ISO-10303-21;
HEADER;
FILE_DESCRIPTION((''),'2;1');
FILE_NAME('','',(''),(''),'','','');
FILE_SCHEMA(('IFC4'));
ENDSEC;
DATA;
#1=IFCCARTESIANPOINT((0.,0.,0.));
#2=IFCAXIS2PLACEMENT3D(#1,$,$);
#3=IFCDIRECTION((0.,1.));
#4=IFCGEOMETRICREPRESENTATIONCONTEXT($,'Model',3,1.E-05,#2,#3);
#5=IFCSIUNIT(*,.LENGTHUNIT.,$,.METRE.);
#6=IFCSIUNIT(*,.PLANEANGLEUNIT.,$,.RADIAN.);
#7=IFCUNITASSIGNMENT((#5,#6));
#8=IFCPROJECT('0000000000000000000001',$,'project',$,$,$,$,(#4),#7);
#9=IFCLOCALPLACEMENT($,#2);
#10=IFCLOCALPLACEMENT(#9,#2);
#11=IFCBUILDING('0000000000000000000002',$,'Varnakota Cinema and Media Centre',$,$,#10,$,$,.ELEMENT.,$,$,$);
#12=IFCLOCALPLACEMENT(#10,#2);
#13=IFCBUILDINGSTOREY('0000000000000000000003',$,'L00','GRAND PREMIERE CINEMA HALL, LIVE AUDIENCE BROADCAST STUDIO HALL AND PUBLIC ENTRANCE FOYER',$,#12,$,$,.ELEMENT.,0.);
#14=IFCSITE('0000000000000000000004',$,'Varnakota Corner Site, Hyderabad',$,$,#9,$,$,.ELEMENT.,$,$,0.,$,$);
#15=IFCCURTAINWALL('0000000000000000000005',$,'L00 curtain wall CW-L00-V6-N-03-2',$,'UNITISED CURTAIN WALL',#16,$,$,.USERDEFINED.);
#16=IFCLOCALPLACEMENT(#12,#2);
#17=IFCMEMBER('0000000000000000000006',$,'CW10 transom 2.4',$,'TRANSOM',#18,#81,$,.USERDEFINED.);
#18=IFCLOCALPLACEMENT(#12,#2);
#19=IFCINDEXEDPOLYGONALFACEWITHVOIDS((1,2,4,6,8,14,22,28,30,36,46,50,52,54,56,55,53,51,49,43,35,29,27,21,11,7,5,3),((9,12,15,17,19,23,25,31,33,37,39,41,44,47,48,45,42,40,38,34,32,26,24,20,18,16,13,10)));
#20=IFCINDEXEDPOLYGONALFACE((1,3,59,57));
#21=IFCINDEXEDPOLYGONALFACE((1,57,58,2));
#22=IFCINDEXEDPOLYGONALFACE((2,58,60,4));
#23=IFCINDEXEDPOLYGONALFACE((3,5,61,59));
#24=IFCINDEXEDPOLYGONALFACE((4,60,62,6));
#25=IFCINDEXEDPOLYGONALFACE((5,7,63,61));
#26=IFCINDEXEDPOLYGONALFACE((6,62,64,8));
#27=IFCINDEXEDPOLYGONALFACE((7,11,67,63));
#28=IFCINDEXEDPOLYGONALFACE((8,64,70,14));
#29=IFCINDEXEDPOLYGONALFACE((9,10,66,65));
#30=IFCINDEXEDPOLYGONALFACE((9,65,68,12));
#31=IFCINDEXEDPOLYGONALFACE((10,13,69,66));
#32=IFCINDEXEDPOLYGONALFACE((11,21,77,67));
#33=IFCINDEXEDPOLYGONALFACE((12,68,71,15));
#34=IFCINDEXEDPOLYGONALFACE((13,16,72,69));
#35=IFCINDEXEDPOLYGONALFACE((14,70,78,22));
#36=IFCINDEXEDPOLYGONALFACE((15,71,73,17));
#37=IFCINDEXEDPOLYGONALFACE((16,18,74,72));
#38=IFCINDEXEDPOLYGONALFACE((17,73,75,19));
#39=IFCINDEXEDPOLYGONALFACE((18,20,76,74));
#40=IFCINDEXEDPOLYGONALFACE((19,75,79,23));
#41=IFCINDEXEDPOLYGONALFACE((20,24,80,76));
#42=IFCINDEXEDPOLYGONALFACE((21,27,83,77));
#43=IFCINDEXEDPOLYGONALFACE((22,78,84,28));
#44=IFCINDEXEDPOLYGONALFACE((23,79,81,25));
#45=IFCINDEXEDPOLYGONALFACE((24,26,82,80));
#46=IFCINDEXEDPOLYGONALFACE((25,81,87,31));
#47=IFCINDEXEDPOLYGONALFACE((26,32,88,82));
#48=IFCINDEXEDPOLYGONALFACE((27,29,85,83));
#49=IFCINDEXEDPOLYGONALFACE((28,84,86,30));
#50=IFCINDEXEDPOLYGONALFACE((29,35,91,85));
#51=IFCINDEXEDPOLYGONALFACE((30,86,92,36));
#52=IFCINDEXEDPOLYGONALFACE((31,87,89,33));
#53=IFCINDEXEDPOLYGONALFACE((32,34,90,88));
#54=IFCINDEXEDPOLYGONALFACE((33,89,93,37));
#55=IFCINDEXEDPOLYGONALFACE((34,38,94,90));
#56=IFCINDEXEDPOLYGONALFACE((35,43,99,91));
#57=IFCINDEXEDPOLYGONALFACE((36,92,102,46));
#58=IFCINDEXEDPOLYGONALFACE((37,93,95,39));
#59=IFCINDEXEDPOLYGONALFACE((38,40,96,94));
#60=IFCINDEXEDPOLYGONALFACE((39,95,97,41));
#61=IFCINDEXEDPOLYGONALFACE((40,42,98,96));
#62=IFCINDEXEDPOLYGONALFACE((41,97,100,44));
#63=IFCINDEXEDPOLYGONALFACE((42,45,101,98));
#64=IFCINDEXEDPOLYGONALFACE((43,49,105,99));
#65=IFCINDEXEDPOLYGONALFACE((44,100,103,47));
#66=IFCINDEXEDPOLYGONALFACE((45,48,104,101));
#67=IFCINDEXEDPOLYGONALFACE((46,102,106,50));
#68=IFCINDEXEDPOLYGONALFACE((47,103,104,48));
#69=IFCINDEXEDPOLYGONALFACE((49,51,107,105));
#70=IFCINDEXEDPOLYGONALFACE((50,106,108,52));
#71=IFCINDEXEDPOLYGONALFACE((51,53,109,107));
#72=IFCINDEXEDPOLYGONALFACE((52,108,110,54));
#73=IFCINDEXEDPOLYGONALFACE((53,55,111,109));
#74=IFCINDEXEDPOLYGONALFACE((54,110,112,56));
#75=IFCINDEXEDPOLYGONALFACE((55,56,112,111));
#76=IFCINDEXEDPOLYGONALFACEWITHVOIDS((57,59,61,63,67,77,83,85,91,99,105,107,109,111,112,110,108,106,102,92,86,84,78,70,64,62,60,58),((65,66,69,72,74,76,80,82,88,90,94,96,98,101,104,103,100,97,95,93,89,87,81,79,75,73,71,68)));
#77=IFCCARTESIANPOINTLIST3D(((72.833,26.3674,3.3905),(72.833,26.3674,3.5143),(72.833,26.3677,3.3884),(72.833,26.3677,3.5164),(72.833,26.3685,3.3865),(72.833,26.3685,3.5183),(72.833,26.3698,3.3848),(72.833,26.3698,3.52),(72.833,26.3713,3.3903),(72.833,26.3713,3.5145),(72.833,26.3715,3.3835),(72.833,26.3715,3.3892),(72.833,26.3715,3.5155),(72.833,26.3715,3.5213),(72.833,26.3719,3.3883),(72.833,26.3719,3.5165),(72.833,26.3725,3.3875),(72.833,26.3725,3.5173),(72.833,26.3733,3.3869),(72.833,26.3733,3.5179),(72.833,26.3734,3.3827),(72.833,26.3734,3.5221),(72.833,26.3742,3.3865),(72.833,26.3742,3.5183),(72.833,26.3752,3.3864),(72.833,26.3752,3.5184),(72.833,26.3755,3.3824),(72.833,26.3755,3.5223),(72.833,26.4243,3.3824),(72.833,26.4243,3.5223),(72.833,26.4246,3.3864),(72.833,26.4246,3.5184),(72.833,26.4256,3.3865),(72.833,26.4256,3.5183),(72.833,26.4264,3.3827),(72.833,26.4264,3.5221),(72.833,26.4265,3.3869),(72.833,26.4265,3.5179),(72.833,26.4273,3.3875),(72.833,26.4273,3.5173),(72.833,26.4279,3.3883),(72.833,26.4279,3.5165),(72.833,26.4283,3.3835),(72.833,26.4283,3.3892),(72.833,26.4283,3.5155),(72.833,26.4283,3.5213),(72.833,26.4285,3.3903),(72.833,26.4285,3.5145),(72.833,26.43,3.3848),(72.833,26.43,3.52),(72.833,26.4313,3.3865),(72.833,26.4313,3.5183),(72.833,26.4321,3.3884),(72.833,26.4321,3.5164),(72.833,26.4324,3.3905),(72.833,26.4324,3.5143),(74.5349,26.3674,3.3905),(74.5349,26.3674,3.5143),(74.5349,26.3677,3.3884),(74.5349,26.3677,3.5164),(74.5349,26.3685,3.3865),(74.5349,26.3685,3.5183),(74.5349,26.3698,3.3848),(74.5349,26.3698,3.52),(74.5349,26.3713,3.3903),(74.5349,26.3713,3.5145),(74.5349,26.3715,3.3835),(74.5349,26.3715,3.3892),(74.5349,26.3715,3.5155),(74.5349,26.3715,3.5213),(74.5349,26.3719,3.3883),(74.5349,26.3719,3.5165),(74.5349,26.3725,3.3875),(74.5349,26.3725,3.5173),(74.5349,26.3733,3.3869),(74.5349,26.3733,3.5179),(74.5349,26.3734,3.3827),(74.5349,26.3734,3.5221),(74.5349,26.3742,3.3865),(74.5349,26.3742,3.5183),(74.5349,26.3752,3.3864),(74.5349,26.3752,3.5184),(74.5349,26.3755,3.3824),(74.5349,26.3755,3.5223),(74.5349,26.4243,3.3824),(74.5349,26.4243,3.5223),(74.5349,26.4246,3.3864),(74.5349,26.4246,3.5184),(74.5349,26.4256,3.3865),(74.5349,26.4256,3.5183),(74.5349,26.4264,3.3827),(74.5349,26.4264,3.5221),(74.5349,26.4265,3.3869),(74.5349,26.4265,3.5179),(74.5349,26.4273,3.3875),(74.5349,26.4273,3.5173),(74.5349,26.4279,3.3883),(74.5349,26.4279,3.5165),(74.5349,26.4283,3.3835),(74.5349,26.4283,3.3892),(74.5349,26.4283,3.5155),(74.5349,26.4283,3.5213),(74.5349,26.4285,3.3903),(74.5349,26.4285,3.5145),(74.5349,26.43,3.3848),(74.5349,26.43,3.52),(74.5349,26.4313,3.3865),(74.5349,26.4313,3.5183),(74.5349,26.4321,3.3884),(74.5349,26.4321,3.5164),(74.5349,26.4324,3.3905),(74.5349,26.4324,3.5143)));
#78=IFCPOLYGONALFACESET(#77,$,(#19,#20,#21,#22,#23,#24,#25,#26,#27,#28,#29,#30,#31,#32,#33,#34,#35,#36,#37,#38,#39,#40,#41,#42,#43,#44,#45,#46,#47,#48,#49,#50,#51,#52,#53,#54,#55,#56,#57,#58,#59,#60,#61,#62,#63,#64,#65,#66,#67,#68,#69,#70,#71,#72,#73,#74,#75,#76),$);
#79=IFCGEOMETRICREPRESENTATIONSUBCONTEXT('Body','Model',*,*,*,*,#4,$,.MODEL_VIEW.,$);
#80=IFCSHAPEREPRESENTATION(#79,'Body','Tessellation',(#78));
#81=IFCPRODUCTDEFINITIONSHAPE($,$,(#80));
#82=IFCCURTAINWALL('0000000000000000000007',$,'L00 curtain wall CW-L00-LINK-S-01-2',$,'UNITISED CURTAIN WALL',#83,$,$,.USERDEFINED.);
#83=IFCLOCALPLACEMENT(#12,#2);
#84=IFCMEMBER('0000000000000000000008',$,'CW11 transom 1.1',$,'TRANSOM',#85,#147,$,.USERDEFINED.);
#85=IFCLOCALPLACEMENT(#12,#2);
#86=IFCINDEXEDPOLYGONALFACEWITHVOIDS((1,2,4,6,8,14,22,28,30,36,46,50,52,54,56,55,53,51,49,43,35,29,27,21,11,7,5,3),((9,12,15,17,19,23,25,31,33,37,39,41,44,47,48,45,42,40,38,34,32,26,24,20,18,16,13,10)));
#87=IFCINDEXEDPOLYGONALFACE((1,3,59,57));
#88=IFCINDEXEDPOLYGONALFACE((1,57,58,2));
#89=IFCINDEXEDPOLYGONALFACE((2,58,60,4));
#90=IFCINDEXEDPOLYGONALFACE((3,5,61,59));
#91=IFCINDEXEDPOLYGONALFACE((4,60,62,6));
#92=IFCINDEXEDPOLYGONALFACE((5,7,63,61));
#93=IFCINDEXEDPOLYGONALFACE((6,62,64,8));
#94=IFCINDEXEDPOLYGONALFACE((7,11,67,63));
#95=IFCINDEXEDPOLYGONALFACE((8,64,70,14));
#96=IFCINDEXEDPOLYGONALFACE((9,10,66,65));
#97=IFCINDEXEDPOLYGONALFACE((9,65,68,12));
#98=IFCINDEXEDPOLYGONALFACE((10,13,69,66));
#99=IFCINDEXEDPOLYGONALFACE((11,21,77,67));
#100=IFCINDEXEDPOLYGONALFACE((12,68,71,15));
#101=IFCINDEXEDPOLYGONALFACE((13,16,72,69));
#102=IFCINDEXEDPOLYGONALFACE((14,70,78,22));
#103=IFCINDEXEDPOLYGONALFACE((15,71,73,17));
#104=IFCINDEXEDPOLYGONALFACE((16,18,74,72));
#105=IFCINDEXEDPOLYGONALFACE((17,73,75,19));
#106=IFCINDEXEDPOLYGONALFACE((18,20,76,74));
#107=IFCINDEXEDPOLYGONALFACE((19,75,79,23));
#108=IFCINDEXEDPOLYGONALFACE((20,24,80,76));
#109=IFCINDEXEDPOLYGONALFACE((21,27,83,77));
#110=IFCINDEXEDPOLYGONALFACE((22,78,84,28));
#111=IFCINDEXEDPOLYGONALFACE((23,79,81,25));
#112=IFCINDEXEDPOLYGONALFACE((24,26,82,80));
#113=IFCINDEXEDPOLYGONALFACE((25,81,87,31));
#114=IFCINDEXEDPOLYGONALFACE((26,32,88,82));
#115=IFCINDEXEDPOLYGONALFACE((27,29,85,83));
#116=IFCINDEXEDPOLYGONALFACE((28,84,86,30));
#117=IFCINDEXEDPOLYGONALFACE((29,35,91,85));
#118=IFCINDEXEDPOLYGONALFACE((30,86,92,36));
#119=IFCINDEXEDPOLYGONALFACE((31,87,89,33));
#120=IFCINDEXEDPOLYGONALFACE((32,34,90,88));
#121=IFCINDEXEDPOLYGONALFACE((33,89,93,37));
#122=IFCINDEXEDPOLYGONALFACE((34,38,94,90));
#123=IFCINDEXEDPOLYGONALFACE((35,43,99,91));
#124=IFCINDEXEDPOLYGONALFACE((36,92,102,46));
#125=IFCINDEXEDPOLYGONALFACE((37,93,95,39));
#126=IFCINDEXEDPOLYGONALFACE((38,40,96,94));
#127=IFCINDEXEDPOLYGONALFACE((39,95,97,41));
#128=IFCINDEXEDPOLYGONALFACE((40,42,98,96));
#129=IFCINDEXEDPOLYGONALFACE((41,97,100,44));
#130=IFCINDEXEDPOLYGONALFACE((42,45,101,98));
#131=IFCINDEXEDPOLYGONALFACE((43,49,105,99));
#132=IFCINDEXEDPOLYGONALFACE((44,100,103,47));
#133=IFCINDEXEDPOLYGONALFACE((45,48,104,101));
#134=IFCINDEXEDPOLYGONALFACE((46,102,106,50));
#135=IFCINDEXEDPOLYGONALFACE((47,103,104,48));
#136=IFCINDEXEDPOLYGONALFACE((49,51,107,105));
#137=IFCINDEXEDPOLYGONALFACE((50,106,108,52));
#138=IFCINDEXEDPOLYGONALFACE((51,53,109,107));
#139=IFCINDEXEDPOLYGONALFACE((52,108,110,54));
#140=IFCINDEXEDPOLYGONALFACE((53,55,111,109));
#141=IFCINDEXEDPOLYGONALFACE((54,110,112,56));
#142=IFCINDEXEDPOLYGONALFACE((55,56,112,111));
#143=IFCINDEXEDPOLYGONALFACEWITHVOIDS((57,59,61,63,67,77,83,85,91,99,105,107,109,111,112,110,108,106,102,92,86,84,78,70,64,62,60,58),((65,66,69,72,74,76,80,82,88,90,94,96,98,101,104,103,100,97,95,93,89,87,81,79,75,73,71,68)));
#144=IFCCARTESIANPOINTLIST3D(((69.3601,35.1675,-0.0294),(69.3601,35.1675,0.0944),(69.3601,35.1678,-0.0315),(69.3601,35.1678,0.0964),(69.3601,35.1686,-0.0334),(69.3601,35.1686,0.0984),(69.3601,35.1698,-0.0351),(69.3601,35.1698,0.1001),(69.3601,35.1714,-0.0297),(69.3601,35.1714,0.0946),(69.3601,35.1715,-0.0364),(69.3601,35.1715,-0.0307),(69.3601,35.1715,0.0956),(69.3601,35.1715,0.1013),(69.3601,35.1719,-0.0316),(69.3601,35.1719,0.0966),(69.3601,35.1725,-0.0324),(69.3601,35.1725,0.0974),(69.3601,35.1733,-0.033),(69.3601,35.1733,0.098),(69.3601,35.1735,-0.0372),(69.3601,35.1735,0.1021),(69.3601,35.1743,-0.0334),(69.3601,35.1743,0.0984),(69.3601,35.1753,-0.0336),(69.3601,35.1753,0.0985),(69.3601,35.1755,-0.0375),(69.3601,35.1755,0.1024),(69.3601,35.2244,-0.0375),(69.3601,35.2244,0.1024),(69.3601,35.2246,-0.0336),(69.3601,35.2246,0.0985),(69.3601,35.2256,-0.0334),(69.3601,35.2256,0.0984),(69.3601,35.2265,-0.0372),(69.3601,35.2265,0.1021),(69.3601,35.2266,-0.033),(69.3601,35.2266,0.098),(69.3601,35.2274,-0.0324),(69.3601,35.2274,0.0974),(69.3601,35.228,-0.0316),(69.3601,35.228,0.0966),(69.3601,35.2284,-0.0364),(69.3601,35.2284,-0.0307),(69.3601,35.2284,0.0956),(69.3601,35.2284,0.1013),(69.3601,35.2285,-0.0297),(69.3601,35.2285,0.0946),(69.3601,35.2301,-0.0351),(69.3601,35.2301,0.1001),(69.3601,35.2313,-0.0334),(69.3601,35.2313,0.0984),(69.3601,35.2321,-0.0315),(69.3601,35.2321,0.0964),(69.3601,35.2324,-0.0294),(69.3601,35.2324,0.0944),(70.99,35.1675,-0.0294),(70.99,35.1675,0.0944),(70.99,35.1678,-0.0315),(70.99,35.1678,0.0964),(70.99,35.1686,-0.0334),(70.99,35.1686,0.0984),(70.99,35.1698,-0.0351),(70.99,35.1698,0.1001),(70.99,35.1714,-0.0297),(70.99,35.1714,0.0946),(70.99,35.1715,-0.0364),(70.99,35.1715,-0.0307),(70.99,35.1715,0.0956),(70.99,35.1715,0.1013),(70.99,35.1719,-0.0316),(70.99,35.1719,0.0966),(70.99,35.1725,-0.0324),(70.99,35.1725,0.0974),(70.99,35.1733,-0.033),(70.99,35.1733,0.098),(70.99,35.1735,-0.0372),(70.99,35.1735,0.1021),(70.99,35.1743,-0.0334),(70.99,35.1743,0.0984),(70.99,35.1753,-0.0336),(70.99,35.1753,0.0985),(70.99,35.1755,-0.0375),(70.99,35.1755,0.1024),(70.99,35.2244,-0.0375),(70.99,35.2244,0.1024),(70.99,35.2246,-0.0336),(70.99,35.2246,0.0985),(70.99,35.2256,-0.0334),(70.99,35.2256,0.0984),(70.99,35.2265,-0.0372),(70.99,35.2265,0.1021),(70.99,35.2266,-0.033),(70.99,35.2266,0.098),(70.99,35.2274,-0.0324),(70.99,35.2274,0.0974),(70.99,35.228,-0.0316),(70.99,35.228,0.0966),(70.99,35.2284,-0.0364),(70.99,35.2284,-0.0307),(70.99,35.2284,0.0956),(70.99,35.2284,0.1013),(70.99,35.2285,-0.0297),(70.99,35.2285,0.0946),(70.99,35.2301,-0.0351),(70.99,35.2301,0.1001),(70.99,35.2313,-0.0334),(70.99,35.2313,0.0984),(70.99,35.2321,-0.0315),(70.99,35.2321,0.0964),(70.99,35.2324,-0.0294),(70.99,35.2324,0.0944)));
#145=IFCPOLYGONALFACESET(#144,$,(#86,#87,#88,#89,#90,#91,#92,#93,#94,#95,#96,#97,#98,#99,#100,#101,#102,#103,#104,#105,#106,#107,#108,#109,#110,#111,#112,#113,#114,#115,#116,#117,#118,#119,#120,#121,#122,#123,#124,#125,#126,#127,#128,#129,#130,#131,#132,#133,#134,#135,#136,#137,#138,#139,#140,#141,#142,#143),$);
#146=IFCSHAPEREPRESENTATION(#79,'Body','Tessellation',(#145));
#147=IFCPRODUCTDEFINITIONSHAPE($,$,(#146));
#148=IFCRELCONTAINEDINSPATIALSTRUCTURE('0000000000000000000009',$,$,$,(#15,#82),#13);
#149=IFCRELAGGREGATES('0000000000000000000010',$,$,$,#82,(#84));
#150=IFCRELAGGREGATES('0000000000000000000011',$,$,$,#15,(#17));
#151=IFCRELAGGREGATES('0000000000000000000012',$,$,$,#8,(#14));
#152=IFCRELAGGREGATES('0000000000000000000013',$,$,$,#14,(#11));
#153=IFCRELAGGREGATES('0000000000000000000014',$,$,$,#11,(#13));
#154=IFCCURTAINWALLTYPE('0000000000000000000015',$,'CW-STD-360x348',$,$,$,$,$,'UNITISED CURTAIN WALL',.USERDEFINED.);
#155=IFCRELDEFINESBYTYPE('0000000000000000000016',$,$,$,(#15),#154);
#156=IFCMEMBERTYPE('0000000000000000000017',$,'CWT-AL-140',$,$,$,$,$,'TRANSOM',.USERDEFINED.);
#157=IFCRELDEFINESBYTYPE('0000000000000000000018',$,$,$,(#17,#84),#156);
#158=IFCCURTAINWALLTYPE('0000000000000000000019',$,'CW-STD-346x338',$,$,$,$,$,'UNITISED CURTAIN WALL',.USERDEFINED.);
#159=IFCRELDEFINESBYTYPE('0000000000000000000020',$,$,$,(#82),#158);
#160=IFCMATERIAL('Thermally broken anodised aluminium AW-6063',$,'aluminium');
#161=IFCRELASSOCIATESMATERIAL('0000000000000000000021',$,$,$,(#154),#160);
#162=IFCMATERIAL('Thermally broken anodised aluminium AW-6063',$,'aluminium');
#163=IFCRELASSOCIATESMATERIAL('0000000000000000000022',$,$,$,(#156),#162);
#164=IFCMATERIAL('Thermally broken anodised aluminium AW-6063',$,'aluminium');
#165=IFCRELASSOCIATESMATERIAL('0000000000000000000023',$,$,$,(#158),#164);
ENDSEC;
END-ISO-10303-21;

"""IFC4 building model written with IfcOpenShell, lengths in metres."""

from ifc_helpers import new_model, si_unit, direction, frame, origin, origin_2d, place, context, subcontext, project, spatial, hollow_rectangle, extrude, material, material_profile, profile_set, type_object, element, aggregate, save


model = new_model("IFC4")

# Units and contexts
model_context = context("Model", 3, precision=1e-05, world=origin(), true_north=direction((0.0, 1.0)))
body_context = subcontext(model_context, "Body", "Model", "MODEL_VIEW")
ifc_project = project(units=[si_unit("LENGTHUNIT", "METRE"), si_unit("PLANEANGLEUNIT", "RADIAN")], contexts=[model_context])

# Site, building, storey
site_placement = place(None, origin())
site = spatial("IfcSite", under=ifc_project, at=site_placement, Name="Varnakota Corner Site, Hyderabad", CompositionType="ELEMENT", RefElevation=0.0)
building_placement = place(site_placement, origin())
building = spatial("IfcBuilding", under=site, at=building_placement, Name="Varnakota Cinema and Media Centre", CompositionType="ELEMENT")
storey_placement = place(building_placement, origin())
storey = spatial("IfcBuildingStorey", under=building, at=storey_placement, Name="L00", Description="GRAND PREMIERE CINEMA HALL, LIVE AUDIENCE BROADCAST STUDIO HALL AND PUBLIC ENTRANCE FOYER", CompositionType="ELEMENT", Elevation=0.0)

# Curtain walls, members
ifc_material_1 = material(Name="Thermally broken anodised aluminium AW-6063", Category="aluminium")
curtain_wall_type_1 = type_object("IfcCurtainWallType", Name="CW-STD-360x348", ElementType="UNITISED CURTAIN WALL", PredefinedType="USERDEFINED", material=ifc_material_1)
curtain_wall_1_placement = place(storey_placement, origin())
curtain_wall_1 = element("IfcCurtainWall", 1, at=curtain_wall_1_placement, inside=storey, type_object=curtain_wall_type_1, Name="L00 curtain wall CW-L00-V6-N-03-2", ObjectType="UNITISED CURTAIN WALL", PredefinedType="USERDEFINED")
ifc_material_2 = material(Name="Thermally broken anodised aluminium AW-6063", Category="aluminium")
ifc_material_profile_1 = material_profile(ifc_material_2, hollow_rectangle(XDim=0.0649, YDim=0.1399, WallThickness=0.0039, InnerFilletRadius=0.0039, OuterFilletRadius=0.0081, at=origin_2d()), Name="AL-TRANSOM 140x65x4")
ifc_profile_set_1 = profile_set([ifc_material_profile_1], Name="Thermally broken anodised aluminium AW-6063")
member_type_1 = type_object("IfcMemberType", Name="CWT-AL-140", ElementType="TRANSOM", PredefinedType="USERDEFINED", material=ifc_profile_set_1)
member_1_placement = place(storey_placement, frame((72.833, 26.3999, 3.4524), z_axis=(1.0, 0.0, 0.0), x_axis=(0.0, 1.0, 0.0)))
member_1 = element("IfcMember", 2, at=member_1_placement, type_object=member_type_1, Name="CW10 transom 2.4", ObjectType="TRANSOM", PredefinedType="USERDEFINED", context=body_context, shape_type="SweptSolid", body=[
    extrude(hollow_rectangle(XDim=0.0649, YDim=0.1399, WallThickness=0.0039, InnerFilletRadius=0.0039, OuterFilletRadius=0.0081, at=origin_2d()), origin(), (0.0, 0.0, 1.0), 1.7019),
])
ifc_material_3 = material(Name="Thermally broken anodised aluminium AW-6063", Category="aluminium")
curtain_wall_type_2 = type_object("IfcCurtainWallType", Name="CW-STD-346x338", ElementType="UNITISED CURTAIN WALL", PredefinedType="USERDEFINED", material=ifc_material_3)
curtain_wall_2_placement = place(storey_placement, origin())
curtain_wall_2 = element("IfcCurtainWall", 3, at=curtain_wall_2_placement, inside=storey, type_object=curtain_wall_type_2, Name="L00 curtain wall CW-L00-LINK-S-01-2", ObjectType="UNITISED CURTAIN WALL", PredefinedType="USERDEFINED")
member_2_placement = place(storey_placement, frame((70.99, 35.2, 0.0325), z_axis=(-1.0, 0.0, 0.0), x_axis=(0.0, -1.0, 0.0)))
member_2 = element("IfcMember", 4, at=member_2_placement, type_object=member_type_1, Name="CW11 transom 1.1", ObjectType="TRANSOM", PredefinedType="USERDEFINED", context=body_context, shape_type="SweptSolid", body=[
    extrude(hollow_rectangle(XDim=0.0649, YDim=0.1399, WallThickness=0.0039, InnerFilletRadius=0.0039, OuterFilletRadius=0.0081, at=origin_2d()), origin(), (0.0, 0.0, 1.0), 1.6299),
])
aggregate(curtain_wall_2, [member_2])

aggregate(curtain_wall_1, [member_1])

save(model, "model.ifc")
